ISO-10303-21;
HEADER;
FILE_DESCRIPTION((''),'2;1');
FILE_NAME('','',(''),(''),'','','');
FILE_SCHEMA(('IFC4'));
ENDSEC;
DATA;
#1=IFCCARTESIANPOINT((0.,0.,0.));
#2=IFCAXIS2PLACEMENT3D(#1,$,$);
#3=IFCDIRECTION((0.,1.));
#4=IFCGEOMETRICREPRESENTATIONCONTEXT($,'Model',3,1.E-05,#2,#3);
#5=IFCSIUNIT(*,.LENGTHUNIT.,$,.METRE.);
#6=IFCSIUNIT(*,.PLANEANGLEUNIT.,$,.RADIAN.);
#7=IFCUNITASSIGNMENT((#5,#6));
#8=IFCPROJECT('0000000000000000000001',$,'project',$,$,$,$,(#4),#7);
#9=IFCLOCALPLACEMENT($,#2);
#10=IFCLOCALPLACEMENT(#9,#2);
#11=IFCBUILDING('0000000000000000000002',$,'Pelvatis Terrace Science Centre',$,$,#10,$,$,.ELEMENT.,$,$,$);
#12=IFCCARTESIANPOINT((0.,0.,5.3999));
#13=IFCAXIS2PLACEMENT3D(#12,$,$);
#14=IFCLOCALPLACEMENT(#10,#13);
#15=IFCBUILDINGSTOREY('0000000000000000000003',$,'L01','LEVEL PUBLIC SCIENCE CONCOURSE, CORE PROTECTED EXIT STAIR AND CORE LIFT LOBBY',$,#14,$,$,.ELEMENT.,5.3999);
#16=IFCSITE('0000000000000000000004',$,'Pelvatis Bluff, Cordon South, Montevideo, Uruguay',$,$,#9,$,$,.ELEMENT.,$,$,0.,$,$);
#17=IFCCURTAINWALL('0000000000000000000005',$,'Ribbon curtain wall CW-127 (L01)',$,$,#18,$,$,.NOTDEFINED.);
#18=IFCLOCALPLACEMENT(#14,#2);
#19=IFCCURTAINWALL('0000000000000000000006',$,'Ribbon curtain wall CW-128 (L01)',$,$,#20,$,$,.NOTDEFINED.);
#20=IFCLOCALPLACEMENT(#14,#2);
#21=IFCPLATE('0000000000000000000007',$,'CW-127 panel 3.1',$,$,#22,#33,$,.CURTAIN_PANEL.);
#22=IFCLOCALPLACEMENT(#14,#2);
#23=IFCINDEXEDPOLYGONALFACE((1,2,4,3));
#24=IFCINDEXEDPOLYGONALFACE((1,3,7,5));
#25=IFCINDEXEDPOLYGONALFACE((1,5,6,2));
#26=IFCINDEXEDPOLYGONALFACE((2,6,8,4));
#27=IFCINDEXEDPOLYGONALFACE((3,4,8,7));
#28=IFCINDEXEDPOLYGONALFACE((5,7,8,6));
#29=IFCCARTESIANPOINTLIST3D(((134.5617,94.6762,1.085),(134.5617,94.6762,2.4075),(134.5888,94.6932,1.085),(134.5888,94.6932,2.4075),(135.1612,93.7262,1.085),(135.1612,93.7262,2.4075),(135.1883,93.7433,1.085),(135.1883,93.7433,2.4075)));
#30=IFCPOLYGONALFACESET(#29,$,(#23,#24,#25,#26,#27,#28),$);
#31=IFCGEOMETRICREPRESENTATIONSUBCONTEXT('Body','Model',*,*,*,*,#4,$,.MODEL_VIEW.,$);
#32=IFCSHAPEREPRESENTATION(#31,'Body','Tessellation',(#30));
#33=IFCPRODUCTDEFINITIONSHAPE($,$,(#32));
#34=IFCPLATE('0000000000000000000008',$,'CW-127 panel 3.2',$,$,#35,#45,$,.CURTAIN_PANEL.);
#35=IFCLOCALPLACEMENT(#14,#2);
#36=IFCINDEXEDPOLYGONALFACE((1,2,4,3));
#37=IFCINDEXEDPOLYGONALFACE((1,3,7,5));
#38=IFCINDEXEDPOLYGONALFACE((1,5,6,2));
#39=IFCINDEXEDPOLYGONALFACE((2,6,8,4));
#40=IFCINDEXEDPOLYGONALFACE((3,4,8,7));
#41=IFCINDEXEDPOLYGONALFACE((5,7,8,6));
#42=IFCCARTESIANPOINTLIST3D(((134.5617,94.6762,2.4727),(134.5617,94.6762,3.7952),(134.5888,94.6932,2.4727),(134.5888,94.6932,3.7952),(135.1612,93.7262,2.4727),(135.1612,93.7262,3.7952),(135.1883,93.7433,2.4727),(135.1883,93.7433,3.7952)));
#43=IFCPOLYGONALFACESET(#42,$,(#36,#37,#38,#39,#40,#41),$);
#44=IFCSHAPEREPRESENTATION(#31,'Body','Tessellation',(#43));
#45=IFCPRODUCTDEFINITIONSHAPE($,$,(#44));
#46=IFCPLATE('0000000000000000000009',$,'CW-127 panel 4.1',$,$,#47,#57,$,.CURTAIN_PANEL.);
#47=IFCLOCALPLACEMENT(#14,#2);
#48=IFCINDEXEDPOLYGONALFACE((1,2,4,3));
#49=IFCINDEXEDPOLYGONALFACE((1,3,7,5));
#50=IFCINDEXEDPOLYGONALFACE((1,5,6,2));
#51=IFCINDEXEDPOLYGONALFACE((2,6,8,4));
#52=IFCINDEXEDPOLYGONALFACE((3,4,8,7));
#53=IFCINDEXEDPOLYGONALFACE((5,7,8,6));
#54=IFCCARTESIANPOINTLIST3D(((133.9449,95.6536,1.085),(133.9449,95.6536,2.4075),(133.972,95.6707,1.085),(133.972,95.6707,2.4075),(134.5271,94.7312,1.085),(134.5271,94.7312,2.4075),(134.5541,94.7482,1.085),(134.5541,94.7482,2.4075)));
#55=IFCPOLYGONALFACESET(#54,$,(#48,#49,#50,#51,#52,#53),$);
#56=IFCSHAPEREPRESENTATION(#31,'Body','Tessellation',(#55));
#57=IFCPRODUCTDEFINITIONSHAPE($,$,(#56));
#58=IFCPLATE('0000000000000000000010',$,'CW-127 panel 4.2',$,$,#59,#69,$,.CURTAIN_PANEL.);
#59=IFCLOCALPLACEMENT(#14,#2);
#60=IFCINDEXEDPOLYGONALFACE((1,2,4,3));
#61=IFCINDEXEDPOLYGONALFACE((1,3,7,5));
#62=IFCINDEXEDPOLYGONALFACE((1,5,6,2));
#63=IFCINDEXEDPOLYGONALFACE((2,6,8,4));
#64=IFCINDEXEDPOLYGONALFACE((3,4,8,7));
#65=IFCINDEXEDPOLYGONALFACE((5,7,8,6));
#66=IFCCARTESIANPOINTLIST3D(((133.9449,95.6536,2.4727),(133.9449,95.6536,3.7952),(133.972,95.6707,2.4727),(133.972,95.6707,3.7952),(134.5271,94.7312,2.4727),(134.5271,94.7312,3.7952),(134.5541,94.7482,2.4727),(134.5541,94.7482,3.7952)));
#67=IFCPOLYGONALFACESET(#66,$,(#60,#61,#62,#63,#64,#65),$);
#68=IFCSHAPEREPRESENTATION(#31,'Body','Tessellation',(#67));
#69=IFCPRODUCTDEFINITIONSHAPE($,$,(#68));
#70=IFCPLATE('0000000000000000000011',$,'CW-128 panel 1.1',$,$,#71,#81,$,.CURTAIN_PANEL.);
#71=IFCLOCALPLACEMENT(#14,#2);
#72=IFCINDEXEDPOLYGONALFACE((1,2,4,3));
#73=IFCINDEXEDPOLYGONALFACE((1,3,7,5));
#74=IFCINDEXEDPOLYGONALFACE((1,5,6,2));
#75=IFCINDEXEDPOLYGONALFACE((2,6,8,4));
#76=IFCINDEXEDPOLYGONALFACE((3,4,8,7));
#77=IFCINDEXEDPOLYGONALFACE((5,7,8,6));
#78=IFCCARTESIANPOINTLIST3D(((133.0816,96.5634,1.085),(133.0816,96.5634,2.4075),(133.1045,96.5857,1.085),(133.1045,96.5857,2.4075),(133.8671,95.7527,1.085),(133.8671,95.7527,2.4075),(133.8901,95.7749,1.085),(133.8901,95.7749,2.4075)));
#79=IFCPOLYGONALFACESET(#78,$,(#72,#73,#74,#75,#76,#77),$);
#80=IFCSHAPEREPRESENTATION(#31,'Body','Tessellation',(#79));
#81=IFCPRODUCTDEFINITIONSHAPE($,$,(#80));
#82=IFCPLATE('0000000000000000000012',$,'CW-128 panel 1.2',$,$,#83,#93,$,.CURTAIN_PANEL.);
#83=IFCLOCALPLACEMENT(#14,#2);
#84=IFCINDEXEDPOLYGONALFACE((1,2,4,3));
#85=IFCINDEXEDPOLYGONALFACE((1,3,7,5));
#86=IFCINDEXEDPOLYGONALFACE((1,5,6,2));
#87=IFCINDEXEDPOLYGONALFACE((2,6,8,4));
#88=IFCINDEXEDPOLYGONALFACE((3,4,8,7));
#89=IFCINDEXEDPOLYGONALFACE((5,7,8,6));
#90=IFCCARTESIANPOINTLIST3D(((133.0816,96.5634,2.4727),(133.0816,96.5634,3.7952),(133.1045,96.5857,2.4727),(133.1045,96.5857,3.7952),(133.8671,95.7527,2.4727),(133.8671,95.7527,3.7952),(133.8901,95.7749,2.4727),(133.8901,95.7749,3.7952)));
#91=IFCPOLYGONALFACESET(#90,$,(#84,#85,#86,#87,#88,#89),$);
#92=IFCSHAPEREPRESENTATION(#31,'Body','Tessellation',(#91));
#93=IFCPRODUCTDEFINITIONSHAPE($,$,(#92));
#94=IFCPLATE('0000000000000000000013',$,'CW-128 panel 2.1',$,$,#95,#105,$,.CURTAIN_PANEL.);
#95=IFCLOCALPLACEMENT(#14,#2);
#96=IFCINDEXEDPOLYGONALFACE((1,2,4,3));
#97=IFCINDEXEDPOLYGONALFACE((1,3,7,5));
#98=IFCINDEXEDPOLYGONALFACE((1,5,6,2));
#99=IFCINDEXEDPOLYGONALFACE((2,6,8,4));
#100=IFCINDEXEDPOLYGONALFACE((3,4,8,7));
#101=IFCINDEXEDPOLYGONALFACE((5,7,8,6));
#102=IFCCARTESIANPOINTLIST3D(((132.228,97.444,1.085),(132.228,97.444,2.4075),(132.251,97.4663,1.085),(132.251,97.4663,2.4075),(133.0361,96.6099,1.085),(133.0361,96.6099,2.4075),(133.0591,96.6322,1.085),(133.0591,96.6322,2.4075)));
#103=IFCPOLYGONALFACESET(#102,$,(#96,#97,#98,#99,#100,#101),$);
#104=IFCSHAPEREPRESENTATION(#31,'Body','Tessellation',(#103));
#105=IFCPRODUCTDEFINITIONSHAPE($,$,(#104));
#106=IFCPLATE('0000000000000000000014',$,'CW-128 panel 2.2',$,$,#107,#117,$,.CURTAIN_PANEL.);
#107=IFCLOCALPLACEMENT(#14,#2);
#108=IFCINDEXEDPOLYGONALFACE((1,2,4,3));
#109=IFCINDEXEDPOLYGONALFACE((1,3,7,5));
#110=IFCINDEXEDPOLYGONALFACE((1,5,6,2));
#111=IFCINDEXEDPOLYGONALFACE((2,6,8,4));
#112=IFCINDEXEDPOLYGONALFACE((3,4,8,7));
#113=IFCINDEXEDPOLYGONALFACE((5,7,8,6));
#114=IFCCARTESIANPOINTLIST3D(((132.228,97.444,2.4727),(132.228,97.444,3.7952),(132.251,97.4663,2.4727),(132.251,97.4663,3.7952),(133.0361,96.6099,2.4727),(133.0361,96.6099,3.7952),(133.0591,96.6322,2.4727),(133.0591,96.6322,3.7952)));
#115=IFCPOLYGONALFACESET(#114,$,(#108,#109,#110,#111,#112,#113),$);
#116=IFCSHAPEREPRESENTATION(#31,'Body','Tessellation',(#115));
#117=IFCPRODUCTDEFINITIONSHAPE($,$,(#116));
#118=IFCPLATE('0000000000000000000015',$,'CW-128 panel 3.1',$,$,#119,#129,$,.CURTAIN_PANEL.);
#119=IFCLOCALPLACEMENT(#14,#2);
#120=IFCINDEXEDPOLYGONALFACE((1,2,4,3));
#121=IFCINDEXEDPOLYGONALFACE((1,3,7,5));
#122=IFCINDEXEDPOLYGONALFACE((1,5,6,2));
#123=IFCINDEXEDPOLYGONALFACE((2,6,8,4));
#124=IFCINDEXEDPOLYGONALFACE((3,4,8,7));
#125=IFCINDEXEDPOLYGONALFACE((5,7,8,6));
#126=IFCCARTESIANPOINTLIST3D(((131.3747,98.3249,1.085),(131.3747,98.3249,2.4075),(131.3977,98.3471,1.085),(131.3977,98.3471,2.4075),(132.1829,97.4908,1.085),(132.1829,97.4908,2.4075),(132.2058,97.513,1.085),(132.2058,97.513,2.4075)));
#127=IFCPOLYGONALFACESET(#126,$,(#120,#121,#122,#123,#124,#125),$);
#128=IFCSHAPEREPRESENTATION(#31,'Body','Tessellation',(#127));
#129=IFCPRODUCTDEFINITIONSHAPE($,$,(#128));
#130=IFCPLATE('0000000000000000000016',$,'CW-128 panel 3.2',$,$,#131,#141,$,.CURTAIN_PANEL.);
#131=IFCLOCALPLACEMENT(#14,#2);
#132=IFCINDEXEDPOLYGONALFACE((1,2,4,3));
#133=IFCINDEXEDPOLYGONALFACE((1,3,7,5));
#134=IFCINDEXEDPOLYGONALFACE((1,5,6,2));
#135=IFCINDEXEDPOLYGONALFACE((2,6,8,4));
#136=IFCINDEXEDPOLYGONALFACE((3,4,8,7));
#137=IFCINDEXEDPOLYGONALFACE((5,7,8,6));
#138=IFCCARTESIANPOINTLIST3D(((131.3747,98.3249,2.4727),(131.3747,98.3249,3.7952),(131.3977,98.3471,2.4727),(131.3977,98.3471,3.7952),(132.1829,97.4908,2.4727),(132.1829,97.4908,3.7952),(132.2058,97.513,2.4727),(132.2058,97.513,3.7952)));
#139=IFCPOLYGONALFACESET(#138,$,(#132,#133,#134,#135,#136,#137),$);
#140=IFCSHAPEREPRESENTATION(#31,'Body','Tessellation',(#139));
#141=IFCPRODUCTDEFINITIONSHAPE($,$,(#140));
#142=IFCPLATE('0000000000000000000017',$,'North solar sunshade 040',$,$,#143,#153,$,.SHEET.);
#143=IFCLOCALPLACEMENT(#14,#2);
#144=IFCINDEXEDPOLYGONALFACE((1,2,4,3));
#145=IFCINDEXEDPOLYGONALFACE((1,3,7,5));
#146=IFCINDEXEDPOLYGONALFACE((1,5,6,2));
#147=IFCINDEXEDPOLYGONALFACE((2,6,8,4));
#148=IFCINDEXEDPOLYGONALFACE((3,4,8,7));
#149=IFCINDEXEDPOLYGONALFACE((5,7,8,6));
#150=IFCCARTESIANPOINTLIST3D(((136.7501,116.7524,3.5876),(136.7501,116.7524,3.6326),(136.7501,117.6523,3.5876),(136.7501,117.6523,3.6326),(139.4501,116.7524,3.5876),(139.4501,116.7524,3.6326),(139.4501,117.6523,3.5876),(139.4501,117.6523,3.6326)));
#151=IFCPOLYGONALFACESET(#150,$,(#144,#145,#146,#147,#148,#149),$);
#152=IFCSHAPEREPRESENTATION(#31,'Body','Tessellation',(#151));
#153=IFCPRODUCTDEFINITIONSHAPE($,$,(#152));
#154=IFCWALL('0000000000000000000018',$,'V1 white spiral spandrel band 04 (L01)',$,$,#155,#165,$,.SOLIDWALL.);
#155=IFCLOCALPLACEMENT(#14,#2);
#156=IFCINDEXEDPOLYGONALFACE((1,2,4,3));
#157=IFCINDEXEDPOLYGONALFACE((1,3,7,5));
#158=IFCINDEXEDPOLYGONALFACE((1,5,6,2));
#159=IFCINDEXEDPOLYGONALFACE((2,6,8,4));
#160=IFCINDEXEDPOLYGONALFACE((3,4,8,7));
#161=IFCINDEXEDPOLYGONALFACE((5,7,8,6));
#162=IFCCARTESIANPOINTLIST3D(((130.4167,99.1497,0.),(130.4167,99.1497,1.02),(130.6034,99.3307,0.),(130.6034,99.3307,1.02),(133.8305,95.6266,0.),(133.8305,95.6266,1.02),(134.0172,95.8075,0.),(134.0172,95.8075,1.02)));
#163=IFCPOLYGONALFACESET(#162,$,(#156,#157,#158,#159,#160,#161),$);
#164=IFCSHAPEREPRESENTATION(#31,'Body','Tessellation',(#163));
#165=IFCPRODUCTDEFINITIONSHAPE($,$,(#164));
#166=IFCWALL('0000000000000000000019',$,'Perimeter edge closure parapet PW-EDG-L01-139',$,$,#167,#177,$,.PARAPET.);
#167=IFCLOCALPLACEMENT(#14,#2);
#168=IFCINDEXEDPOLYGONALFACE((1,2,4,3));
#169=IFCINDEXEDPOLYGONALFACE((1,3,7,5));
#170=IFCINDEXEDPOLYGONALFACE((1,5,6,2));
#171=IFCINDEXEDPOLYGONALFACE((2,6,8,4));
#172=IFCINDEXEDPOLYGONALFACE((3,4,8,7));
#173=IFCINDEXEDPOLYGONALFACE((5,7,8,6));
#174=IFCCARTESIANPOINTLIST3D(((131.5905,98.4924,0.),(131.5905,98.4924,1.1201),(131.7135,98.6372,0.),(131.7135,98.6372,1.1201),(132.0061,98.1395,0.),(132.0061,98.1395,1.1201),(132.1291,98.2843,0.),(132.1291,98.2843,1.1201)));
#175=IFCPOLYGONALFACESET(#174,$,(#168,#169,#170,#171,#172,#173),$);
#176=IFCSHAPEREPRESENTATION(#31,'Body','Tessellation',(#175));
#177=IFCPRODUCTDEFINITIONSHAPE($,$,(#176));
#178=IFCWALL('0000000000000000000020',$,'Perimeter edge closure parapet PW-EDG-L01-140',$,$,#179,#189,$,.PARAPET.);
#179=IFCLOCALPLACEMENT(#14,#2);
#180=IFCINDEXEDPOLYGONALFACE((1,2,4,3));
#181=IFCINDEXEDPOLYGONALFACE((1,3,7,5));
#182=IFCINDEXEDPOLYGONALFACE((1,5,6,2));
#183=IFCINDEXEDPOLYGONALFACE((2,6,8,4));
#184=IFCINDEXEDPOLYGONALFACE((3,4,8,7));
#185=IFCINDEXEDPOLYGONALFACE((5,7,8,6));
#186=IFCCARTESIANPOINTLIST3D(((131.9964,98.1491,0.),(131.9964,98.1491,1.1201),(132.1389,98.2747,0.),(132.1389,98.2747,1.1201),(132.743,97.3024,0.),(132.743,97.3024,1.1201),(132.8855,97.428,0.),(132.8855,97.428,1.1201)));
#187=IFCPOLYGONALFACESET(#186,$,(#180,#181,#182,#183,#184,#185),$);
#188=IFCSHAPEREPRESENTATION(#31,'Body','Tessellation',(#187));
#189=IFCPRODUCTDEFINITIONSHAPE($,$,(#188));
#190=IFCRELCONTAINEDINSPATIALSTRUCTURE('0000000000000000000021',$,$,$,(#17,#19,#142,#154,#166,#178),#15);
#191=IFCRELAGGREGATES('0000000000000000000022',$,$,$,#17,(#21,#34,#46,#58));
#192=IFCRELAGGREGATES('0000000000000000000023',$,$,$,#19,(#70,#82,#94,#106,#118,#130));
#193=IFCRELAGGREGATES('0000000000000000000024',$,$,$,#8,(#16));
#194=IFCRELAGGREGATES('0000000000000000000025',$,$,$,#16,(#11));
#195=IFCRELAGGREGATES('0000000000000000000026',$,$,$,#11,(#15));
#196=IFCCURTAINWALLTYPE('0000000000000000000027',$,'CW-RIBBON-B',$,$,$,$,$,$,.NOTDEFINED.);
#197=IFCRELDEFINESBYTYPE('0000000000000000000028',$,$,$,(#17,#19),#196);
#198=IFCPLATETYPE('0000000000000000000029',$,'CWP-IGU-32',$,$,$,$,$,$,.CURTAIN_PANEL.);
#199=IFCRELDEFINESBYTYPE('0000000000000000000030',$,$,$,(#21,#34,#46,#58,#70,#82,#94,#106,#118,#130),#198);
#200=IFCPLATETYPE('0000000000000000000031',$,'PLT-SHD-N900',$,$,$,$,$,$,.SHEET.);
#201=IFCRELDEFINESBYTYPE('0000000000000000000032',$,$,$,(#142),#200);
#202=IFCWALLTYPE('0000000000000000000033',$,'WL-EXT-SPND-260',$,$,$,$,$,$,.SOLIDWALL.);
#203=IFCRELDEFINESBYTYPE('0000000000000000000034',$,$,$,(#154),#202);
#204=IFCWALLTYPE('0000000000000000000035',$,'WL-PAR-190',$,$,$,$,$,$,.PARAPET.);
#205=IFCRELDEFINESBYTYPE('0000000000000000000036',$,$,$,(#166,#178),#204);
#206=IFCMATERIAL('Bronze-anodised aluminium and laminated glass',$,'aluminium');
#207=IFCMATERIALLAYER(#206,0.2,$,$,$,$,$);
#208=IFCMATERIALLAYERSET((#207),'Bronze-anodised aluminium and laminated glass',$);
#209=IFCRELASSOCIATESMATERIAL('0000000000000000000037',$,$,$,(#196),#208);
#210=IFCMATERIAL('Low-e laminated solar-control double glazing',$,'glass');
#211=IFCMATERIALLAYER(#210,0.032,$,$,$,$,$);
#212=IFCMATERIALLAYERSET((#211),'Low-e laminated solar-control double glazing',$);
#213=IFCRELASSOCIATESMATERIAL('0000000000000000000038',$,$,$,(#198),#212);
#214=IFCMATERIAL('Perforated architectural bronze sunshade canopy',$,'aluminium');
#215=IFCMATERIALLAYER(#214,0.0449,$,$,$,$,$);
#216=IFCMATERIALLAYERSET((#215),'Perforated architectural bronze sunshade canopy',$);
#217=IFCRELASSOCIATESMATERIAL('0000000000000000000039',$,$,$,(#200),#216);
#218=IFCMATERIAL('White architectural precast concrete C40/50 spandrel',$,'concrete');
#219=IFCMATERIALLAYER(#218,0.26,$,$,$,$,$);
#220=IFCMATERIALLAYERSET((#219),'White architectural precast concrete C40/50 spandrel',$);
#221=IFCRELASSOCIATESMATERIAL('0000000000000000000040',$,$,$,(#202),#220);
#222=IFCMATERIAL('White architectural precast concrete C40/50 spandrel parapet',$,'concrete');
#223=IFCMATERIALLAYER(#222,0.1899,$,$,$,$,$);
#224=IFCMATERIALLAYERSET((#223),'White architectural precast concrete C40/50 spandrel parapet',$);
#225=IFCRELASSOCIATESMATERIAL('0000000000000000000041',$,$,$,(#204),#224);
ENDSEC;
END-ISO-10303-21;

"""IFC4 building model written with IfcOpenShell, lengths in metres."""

from ifc_helpers import new_model, si_unit, direction, frame, frame_2d, origin, origin_2d, place, context, subcontext, project, spatial, rectangle, extrude, material, layer, layer_set, type_object, element, aggregate, save


model = new_model("IFC4")

# Units and contexts
model_context = context("Model", 3, precision=1e-05, world=origin(), true_north=direction((0.0, 1.0)))
body_context = subcontext(model_context, "Body", "Model", "MODEL_VIEW")
ifc_project = project(units=[si_unit("LENGTHUNIT", "METRE"), si_unit("PLANEANGLEUNIT", "RADIAN")], contexts=[model_context])

# Site, building, storey
site_placement = place(None, origin())
site = spatial("IfcSite", under=ifc_project, at=site_placement, Name="Pelvatis Bluff, Cordon South, Montevideo, Uruguay", CompositionType="ELEMENT", RefElevation=0.0)
building_placement = place(site_placement, origin())
building = spatial("IfcBuilding", under=site, at=building_placement, Name="Pelvatis Terrace Science Centre", CompositionType="ELEMENT")
storey_placement = place(building_placement, frame((0.0, 0.0, 5.3999)))
storey = spatial("IfcBuildingStorey", under=building, at=storey_placement, Name="L01", Description="LEVEL PUBLIC SCIENCE CONCOURSE, CORE PROTECTED EXIT STAIR AND CORE LIFT LOBBY", CompositionType="ELEMENT", Elevation=5.3999)

# Curtain walls
ifc_material_1 = material(Name="Bronze-anodised aluminium and laminated glass", Category="aluminium")
ifc_layer_1 = layer(ifc_material_1, 0.2)
ifc_layer_set_1 = layer_set([ifc_layer_1], Name="Bronze-anodised aluminium and laminated glass")
curtain_wall_type = type_object("IfcCurtainWallType", Name="CW-RIBBON-B", PredefinedType="NOTDEFINED", material=ifc_layer_set_1)
curtain_wall_1_placement = place(storey_placement, origin())
curtain_wall_1 = element("IfcCurtainWall", 1, at=curtain_wall_1_placement, inside=storey, type_object=curtain_wall_type, Name="Ribbon curtain wall CW-127 (L01)", PredefinedType="NOTDEFINED")
curtain_wall_2_placement = place(storey_placement, origin())
curtain_wall_2 = element("IfcCurtainWall", 2, at=curtain_wall_2_placement, inside=storey, type_object=curtain_wall_type, Name="Ribbon curtain wall CW-128 (L01)", PredefinedType="NOTDEFINED")

# Plates
ifc_material_2 = material(Name="Low-e laminated solar-control double glazing", Category="glass")
ifc_layer_2 = layer(ifc_material_2, 0.032)
ifc_layer_set_2 = layer_set([ifc_layer_2], Name="Low-e laminated solar-control double glazing")
plate_type_1 = type_object("IfcPlateType", Name="CWP-IGU-32", PredefinedType="CURTAIN_PANEL", material=ifc_layer_set_2)
plate_1_placement = place(storey_placement, frame((134.875, 94.2097, 1.085), z_axis=(0.0, 0.0, 1.0), x_axis=(-0.533693, 0.845678, 0.0)))
plate_1 = element("IfcPlate", 3, at=plate_1_placement, type_object=plate_type_1, Name="CW-127 panel 3.1", PredefinedType="CURTAIN_PANEL", context=body_context, shape_type="SweptSolid", body=[
    extrude(rectangle(XDim=1.1233, YDim=0.032, at=origin_2d()), origin(), (0.0, 0.0, 1.0), 1.3225),
])
plate_2_placement = place(storey_placement, frame((134.875, 94.2097, 2.4727), z_axis=(0.0, 0.0, 1.0), x_axis=(-0.533693, 0.845678, 0.0)))
plate_2 = element("IfcPlate", 4, at=plate_2_placement, type_object=plate_type_1, Name="CW-127 panel 3.2", PredefinedType="CURTAIN_PANEL", context=body_context, shape_type="SweptSolid", body=[
    extrude(rectangle(XDim=1.1233, YDim=0.032, at=origin_2d()), origin(), (0.0, 0.0, 1.0), 1.3225),
])
plate_3_placement = place(storey_placement, frame((134.2495, 95.2009, 1.085), z_axis=(0.0, 0.0, 1.0), x_axis=(-0.533693, 0.845678, 0.0)))
plate_3 = element("IfcPlate", 5, at=plate_3_placement, type_object=plate_type_1, Name="CW-127 panel 4.1", PredefinedType="CURTAIN_PANEL", context=body_context, shape_type="SweptSolid", body=[
    extrude(rectangle(XDim=1.0908, YDim=0.032, at=origin_2d()), origin(), (0.0, 0.0, 1.0), 1.3225),
])
plate_4_placement = place(storey_placement, frame((134.2495, 95.2009, 2.4727), z_axis=(0.0, 0.0, 1.0), x_axis=(-0.533693, 0.845678, 0.0)))
plate_4 = element("IfcPlate", 6, at=plate_4_placement, type_object=plate_type_1, Name="CW-127 panel 4.2", PredefinedType="CURTAIN_PANEL", context=body_context, shape_type="SweptSolid", body=[
    extrude(rectangle(XDim=1.0908, YDim=0.032, at=origin_2d()), origin(), (0.0, 0.0, 1.0), 1.3225),
])
aggregate(curtain_wall_1, [plate_1, plate_2, plate_3, plate_4])
plate_5_placement = place(storey_placement, frame((133.4858, 96.1692, 1.085), z_axis=(0.0, 0.0, 1.0), x_axis=(-0.695858, 0.718179, 0.0)))
plate_5 = element("IfcPlate", 7, at=plate_5_placement, type_object=plate_type_1, Name="CW-128 panel 1.1", PredefinedType="CURTAIN_PANEL", context=body_context, shape_type="SweptSolid", body=[
    extrude(rectangle(XDim=1.1289, YDim=0.032, at=origin_2d()), origin(), (0.0, 0.0, 1.0), 1.3225),
])
plate_6_placement = place(storey_placement, frame((133.4858, 96.1692, 2.4727), z_axis=(0.0, 0.0, 1.0), x_axis=(-0.695858, 0.718179, 0.0)))
plate_6 = element("IfcPlate", 8, at=plate_6_placement, type_object=plate_type_1, Name="CW-128 panel 1.2", PredefinedType="CURTAIN_PANEL", context=body_context, shape_type="SweptSolid", body=[
    extrude(rectangle(XDim=1.1289, YDim=0.032, at=origin_2d()), origin(), (0.0, 0.0, 1.0), 1.3225),
])
plate_7_placement = place(storey_placement, frame((132.6436, 97.0381, 1.085), z_axis=(0.0, 0.0, 1.0), x_axis=(-0.695858, 0.718179, 0.0)))
plate_7 = element("IfcPlate", 9, at=plate_7_placement, type_object=plate_type_1, Name="CW-128 panel 2.1", PredefinedType="CURTAIN_PANEL", context=body_context, shape_type="SweptSolid", body=[
    extrude(rectangle(XDim=1.1614, YDim=0.032, at=origin_2d()), origin(), (0.0, 0.0, 1.0), 1.3225),
])
plate_8_placement = place(storey_placement, frame((132.6436, 97.0381, 2.4727), z_axis=(0.0, 0.0, 1.0), x_axis=(-0.695858, 0.718179, 0.0)))
plate_8 = element("IfcPlate", 10, at=plate_8_placement, type_object=plate_type_1, Name="CW-128 panel 2.2", PredefinedType="CURTAIN_PANEL", context=body_context, shape_type="SweptSolid", body=[
    extrude(rectangle(XDim=1.1614, YDim=0.032, at=origin_2d()), origin(), (0.0, 0.0, 1.0), 1.3225),
])
plate_9_placement = place(storey_placement, frame((131.7903, 97.9189, 1.085), z_axis=(0.0, 0.0, 1.0), x_axis=(-0.695858, 0.718179, 0.0)))
plate_9 = element("IfcPlate", 11, at=plate_9_placement, type_object=plate_type_1, Name="CW-128 panel 3.1", PredefinedType="CURTAIN_PANEL", context=body_context, shape_type="SweptSolid", body=[
    extrude(rectangle(XDim=1.1614, YDim=0.032, at=origin_2d()), origin(), (0.0, 0.0, 1.0), 1.3225),
])
plate_10_placement = place(storey_placement, frame((131.7903, 97.9189, 2.4727), z_axis=(0.0, 0.0, 1.0), x_axis=(-0.695858, 0.718179, 0.0)))
plate_10 = element("IfcPlate", 12, at=plate_10_placement, type_object=plate_type_1, Name="CW-128 panel 3.2", PredefinedType="CURTAIN_PANEL", context=body_context, shape_type="SweptSolid", body=[
    extrude(rectangle(XDim=1.1614, YDim=0.032, at=origin_2d()), origin(), (0.0, 0.0, 1.0), 1.3225),
])
aggregate(curtain_wall_2, [plate_5, plate_6, plate_7, plate_8, plate_9, plate_10])
ifc_material_3 = material(Name="Perforated architectural bronze sunshade canopy", Category="aluminium")
ifc_layer_3 = layer(ifc_material_3, 0.0449)
ifc_layer_set_3 = layer_set([ifc_layer_3], Name="Perforated architectural bronze sunshade canopy")
plate_type_2 = type_object("IfcPlateType", Name="PLT-SHD-N900", PredefinedType="SHEET", material=ifc_layer_set_3)
plate_11_placement = place(storey_placement, frame((138.1001, 117.2024, 3.5876), z_axis=(0.0, 0.0, 1.0), x_axis=(1.0, 0.0, 0.0)))
element("IfcPlate", 13, at=plate_11_placement, inside=storey, type_object=plate_type_2, Name="North solar sunshade 040", PredefinedType="SHEET", context=body_context, shape_type="SweptSolid", body=[
    extrude(rectangle(XDim=2.7, YDim=0.8999, at=origin_2d()), origin(), (0.0, 0.0, 1.0), 0.0449),
])

# Walls
ifc_material_4 = material(Name="White architectural precast concrete C40/50 spandrel", Category="concrete")
ifc_layer_4 = layer(ifc_material_4, 0.26)
ifc_layer_set_4 = layer_set([ifc_layer_4], Name="White architectural precast concrete C40/50 spandrel")
wall_type_1 = type_object("IfcWallType", Name="WL-EXT-SPND-260", PredefinedType="SOLIDWALL", material=ifc_layer_set_4)
wall_1_placement = place(storey_placement, frame((133.9238, 95.717, 0.0), z_axis=(0.0, 0.0, 1.0), x_axis=(-0.695871, 0.718166, 0.0)))
element("IfcWall", 14, at=wall_1_placement, inside=storey, type_object=wall_type_1, Name="V1 white spiral spandrel band 04 (L01)", PredefinedType="SOLIDWALL", context=body_context, shape_type="SweptSolid", body=[
    extrude(rectangle(XDim=4.9058, YDim=0.26, at=frame_2d((2.4529, 0.0))), origin(), (0.0, 0.0, 1.0), 1.02),
])
ifc_material_5 = material(Name="White architectural precast concrete C40/50 spandrel parapet", Category="concrete")
ifc_layer_5 = layer(ifc_material_5, 0.1899)
ifc_layer_set_5 = layer_set([ifc_layer_5], Name="White architectural precast concrete C40/50 spandrel parapet")
wall_type_2 = type_object("IfcWallType", Name="WL-PAR-190", PredefinedType="PARAPET", material=ifc_layer_set_5)
wall_2_placement = place(storey_placement, frame((131.6521, 98.5647, 0.0), z_axis=(0.0, 0.0, 1.0), x_axis=(0.762315, -0.647206, 0.0)))
element("IfcWall", 15, at=wall_2_placement, inside=storey, type_object=wall_type_2, Name="Perimeter edge closure parapet PW-EDG-L01-139", PredefinedType="PARAPET", context=body_context, shape_type="SweptSolid", body=[
    extrude(rectangle(XDim=0.5452, YDim=0.1899, at=frame_2d((0.2725, 0.0))), origin(), (0.0, 0.0, 1.0), 1.1201),
])
wall_3_placement = place(storey_placement, frame((132.0676, 98.2119, 0.0), z_axis=(0.0, 0.0, 1.0), x_axis=(0.661378, -0.750052, 0.0)))
element("IfcWall", 16, at=wall_3_placement, inside=storey, type_object=wall_type_2, Name="Perimeter edge closure parapet PW-EDG-L01-140", PredefinedType="PARAPET", context=body_context, shape_type="SweptSolid", body=[
    extrude(rectangle(XDim=1.1289, YDim=0.1899, at=frame_2d((0.5645, 0.0))), origin(), (0.0, 0.0, 1.0), 1.1201),
])

save(model, "model.ifc")
